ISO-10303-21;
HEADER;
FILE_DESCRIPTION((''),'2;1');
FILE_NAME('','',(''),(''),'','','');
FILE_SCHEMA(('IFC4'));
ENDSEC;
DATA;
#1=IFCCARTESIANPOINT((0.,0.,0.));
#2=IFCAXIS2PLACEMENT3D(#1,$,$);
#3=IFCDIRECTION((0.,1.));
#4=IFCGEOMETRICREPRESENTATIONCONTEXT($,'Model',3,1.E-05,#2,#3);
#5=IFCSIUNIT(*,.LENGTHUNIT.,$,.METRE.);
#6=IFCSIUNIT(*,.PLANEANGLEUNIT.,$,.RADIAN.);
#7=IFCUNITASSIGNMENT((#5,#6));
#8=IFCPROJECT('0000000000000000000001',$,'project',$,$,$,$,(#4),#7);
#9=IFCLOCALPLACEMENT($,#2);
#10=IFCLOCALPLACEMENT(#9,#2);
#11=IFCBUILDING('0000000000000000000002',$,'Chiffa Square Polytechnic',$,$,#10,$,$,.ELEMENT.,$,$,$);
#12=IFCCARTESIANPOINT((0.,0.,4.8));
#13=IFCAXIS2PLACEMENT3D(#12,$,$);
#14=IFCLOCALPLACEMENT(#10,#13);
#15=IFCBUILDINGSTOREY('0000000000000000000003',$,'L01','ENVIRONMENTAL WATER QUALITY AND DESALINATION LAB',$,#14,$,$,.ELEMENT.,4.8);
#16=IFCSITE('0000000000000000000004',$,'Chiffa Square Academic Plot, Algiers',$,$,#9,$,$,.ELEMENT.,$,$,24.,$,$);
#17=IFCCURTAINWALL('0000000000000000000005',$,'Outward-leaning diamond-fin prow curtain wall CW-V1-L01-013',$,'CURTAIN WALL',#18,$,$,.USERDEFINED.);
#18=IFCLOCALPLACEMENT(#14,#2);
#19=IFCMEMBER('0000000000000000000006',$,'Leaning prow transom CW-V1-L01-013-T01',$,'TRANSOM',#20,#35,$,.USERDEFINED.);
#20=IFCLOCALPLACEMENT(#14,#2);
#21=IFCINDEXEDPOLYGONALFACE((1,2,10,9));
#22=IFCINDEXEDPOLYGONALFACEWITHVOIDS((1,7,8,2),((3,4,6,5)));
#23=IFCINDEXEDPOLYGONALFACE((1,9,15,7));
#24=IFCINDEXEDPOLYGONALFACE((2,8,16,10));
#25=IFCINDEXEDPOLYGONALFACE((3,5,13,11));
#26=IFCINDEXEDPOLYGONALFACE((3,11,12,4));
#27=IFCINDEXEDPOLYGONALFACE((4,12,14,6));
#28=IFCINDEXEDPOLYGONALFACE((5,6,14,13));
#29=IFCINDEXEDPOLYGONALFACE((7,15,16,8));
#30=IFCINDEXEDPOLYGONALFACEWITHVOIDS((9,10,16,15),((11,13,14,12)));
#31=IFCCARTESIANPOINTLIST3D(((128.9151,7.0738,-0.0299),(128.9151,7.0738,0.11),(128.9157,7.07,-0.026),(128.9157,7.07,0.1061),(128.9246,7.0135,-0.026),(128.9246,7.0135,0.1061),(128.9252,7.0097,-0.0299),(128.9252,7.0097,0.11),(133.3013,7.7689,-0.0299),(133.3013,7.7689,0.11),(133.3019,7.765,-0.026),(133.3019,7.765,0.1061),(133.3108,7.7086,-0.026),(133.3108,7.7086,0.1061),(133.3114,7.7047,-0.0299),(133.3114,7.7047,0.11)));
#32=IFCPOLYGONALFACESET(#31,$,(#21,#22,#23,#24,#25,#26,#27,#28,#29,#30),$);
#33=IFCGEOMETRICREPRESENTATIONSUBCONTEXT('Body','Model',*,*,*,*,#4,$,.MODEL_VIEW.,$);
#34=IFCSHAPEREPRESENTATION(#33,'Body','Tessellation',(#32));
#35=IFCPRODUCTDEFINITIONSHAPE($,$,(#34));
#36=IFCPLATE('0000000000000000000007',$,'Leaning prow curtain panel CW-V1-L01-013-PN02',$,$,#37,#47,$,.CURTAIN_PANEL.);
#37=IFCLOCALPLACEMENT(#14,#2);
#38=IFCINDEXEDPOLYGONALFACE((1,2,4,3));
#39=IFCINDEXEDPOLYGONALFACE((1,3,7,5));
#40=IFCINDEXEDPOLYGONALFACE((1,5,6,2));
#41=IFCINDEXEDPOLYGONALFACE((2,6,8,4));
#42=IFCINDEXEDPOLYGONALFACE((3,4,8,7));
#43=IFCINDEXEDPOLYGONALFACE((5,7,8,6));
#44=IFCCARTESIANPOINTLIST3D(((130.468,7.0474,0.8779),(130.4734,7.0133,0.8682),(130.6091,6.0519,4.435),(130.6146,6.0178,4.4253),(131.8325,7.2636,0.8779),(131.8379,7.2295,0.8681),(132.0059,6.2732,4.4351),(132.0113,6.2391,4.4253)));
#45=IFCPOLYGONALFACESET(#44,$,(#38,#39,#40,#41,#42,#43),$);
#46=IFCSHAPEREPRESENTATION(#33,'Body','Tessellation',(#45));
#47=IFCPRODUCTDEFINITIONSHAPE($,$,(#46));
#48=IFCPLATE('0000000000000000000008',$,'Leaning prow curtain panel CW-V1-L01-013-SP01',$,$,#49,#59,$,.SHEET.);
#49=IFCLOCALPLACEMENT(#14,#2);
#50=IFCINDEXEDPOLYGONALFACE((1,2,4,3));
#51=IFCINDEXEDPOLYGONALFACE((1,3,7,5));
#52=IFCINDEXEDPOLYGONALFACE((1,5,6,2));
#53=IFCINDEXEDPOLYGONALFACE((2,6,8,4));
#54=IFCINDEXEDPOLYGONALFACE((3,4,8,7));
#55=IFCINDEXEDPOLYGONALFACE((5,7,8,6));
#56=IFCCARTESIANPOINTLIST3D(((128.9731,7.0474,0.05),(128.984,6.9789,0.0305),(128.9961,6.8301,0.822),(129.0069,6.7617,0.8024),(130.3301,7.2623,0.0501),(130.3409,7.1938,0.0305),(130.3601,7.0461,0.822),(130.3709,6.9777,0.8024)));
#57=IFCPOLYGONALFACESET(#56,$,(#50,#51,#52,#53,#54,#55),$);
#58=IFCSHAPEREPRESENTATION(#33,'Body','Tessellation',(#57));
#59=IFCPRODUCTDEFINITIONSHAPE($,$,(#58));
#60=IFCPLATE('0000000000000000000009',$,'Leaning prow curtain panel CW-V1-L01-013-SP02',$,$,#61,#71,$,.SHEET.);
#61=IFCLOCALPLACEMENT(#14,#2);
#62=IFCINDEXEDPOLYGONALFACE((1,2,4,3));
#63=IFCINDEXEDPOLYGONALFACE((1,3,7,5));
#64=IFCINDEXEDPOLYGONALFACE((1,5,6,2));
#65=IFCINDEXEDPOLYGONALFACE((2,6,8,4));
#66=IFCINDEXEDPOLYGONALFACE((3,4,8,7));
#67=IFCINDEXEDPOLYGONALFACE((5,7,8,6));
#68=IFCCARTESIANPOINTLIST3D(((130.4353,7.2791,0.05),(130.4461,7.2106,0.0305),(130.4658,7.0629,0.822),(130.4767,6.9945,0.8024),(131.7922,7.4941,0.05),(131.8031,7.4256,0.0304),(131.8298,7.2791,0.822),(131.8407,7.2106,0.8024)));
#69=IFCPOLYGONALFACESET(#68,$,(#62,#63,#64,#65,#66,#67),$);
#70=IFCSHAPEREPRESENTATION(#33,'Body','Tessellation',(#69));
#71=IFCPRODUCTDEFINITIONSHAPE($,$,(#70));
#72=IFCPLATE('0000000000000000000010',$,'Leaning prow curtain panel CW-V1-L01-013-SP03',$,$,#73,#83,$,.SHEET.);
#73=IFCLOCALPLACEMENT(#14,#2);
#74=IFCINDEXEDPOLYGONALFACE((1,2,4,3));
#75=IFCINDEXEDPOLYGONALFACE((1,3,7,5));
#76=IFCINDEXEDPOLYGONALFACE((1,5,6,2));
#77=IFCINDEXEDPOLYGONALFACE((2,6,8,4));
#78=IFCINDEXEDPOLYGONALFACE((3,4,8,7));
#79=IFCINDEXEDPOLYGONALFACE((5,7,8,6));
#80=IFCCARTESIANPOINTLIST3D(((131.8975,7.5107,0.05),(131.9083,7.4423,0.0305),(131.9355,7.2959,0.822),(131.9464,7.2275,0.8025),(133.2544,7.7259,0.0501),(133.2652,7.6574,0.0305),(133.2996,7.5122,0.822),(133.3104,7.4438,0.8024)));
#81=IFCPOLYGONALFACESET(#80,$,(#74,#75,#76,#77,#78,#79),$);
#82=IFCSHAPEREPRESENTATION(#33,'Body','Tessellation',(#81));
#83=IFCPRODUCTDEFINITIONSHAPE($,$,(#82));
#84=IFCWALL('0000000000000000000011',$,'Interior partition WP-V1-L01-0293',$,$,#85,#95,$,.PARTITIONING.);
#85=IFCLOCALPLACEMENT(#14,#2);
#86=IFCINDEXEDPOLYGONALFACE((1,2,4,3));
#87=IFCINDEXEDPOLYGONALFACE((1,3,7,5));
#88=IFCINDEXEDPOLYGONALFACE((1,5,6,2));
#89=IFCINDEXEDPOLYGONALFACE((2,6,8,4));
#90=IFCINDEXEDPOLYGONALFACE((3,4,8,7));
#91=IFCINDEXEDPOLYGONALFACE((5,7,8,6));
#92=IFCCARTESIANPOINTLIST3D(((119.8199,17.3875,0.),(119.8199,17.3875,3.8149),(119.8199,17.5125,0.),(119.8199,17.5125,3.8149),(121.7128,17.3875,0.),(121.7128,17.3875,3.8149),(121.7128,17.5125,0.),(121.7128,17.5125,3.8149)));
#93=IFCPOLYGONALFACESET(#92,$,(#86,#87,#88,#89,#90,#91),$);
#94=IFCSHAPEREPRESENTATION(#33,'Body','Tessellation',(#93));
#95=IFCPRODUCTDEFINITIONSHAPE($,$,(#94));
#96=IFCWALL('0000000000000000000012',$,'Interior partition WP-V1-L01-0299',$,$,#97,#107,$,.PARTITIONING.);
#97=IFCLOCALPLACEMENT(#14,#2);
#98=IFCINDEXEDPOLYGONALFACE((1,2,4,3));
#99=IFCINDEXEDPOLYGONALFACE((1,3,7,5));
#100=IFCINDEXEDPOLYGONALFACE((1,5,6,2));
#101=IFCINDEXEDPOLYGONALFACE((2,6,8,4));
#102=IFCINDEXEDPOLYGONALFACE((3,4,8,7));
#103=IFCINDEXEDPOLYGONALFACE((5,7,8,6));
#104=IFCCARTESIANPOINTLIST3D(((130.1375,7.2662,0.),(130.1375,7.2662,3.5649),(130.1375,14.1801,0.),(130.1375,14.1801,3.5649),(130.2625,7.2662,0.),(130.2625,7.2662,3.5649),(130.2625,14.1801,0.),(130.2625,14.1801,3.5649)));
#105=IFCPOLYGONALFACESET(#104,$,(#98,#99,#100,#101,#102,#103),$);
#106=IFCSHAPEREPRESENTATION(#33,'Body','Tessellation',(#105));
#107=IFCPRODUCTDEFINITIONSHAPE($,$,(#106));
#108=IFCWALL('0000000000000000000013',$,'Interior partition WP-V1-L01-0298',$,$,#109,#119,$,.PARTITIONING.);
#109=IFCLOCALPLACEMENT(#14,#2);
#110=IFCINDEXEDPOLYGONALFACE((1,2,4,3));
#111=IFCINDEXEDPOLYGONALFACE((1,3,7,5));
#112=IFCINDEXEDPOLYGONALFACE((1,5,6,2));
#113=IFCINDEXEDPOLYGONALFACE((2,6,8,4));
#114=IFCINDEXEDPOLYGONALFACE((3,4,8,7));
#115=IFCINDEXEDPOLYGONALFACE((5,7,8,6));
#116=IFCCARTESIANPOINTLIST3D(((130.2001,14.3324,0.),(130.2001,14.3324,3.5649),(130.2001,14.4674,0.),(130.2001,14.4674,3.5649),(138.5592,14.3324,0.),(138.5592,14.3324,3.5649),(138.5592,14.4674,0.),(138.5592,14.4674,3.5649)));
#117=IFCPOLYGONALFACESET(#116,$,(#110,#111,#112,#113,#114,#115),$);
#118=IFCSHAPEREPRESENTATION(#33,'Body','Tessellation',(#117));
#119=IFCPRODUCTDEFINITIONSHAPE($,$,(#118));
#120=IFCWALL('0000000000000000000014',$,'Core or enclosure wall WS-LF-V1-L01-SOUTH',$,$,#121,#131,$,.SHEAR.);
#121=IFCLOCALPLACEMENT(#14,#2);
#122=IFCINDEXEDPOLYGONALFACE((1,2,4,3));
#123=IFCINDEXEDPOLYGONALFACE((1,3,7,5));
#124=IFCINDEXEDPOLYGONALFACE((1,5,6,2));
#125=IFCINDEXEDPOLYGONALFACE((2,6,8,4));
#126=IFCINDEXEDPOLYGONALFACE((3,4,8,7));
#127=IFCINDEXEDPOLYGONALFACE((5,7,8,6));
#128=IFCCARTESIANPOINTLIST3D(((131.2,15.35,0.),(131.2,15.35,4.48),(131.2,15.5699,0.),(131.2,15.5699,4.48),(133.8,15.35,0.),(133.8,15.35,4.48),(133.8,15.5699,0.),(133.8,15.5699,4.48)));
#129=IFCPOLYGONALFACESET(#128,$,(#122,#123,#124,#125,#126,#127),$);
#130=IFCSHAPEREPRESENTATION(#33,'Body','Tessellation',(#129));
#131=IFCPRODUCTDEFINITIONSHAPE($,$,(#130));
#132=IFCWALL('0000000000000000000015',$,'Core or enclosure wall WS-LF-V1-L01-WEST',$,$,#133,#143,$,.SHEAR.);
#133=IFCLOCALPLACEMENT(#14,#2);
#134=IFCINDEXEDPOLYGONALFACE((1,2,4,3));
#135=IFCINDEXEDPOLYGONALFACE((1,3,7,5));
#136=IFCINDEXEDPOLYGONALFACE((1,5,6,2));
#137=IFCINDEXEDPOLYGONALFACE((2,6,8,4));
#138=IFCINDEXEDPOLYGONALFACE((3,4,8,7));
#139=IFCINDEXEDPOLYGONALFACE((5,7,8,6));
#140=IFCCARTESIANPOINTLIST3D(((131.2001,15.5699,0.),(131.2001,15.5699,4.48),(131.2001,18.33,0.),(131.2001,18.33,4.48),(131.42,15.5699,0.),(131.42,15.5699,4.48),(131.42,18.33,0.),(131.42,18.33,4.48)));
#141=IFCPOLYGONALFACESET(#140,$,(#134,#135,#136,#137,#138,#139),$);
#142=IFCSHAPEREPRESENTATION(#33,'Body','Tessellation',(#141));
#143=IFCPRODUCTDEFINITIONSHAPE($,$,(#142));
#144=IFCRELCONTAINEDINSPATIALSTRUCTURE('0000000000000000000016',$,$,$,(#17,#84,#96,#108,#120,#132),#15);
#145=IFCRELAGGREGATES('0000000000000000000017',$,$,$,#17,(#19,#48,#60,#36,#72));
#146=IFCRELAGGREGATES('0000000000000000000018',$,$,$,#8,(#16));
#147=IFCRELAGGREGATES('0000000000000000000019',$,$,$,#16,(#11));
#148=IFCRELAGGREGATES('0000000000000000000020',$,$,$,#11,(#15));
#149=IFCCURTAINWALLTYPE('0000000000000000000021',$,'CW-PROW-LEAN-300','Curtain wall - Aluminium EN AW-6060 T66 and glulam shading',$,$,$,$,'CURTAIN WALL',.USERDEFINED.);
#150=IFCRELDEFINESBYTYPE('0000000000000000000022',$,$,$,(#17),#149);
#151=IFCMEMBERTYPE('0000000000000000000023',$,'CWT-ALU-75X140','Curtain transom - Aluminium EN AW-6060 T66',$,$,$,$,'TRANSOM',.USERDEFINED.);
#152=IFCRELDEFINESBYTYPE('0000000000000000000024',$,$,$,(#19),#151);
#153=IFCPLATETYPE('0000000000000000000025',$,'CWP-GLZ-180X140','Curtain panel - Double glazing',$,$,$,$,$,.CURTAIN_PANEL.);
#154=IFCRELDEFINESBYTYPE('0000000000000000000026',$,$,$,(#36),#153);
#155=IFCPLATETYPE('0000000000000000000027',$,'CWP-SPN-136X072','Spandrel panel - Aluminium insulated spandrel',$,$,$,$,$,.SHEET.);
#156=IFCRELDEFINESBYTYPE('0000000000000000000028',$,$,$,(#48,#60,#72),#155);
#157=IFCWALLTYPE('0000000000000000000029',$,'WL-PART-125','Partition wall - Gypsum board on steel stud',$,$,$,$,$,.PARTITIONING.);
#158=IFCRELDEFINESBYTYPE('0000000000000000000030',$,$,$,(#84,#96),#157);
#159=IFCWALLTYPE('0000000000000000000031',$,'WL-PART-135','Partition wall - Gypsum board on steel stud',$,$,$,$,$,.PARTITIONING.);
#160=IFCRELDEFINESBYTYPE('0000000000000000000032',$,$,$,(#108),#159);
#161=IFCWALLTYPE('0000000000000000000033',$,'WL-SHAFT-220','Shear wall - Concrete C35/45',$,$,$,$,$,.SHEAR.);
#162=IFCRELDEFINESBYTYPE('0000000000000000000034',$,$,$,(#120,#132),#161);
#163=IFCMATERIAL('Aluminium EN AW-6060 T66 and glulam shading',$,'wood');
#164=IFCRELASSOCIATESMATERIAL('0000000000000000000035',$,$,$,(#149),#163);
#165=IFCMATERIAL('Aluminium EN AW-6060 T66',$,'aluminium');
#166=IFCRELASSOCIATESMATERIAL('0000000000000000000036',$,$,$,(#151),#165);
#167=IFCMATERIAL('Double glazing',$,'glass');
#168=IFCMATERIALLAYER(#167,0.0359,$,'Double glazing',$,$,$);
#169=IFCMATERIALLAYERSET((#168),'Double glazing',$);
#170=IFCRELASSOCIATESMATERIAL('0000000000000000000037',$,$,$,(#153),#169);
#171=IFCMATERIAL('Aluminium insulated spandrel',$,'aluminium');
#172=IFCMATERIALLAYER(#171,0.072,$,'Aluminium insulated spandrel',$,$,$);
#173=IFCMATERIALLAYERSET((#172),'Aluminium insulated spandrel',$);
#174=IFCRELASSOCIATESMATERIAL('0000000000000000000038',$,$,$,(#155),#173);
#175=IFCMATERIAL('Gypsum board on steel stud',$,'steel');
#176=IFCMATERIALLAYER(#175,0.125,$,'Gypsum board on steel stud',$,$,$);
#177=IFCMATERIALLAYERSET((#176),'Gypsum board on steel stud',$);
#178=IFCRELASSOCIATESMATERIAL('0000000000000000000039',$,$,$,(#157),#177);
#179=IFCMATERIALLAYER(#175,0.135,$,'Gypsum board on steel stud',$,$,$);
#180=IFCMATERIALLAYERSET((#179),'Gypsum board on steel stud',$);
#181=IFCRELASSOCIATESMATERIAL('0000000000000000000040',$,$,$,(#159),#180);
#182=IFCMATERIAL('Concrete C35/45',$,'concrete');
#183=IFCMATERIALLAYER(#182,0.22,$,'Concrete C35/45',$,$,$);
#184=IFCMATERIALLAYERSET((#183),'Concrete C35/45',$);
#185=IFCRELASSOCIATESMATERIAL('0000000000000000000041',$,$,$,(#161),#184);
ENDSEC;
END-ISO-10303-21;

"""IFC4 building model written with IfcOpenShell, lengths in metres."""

from ifc_helpers import new_model, si_unit, direction, frame, frame_2d, origin, origin_2d, place, context, subcontext, project, spatial, polyline, rectangle, hollow_rectangle, outline, extrude, material, layer, layer_set, material_profile, profile_set, type_object, element, aggregate, save


model = new_model("IFC4")

# Units and contexts
model_context = context("Model", 3, precision=1e-05, world=origin(), true_north=direction((0.0, 1.0)))
body_context = subcontext(model_context, "Body", "Model", "MODEL_VIEW")
ifc_project = project(units=[si_unit("LENGTHUNIT", "METRE"), si_unit("PLANEANGLEUNIT", "RADIAN")], contexts=[model_context])

# Site, building, storey
site_placement = place(None, origin())
site = spatial("IfcSite", under=ifc_project, at=site_placement, Name="Chiffa Square Academic Plot, Algiers", CompositionType="ELEMENT", RefElevation=24.0)
building_placement = place(site_placement, origin())
building = spatial("IfcBuilding", under=site, at=building_placement, Name="Chiffa Square Polytechnic", CompositionType="ELEMENT")
storey_placement = place(building_placement, frame((0.0, 0.0, 4.8)))
storey = spatial("IfcBuildingStorey", under=building, at=storey_placement, Name="L01", Description="ENVIRONMENTAL WATER QUALITY AND DESALINATION LAB", CompositionType="ELEMENT", Elevation=4.8)

# Shared definitions
ifc_material_1 = material(Name="Concrete C35/45", Category="concrete")

# Shared definitions
ifc_material_2 = material(Name="Aluminium EN AW-6060 T66 and glulam shading", Category="wood")
ifc_material_3 = material(Name="Aluminium EN AW-6060 T66", Category="aluminium")

# Curtain wall, member, plates
curtain_wall_type_1 = type_object("IfcCurtainWallType", Name="CW-PROW-LEAN-300", Description="Curtain wall - Aluminium EN AW-6060 T66 and glulam shading", ElementType="CURTAIN WALL", PredefinedType="USERDEFINED", material=ifc_material_2)
curtain_wall_1_placement = place(storey_placement, origin())
curtain_wall_1 = element("IfcCurtainWall", 1, at=curtain_wall_1_placement, inside=storey, type_object=curtain_wall_type_1, Name="Outward-leaning diamond-fin prow curtain wall CW-V1-L01-013", ObjectType="CURTAIN WALL", PredefinedType="USERDEFINED")
ifc_material_profile_1 = material_profile(ifc_material_3, hollow_rectangle(XDim=0.0649, YDim=0.1399, WallThickness=0.0039, at=origin_2d()), Name="ALU 65x140x4")
ifc_profile_set_1 = profile_set([ifc_material_profile_1], Name="Aluminium EN AW-6060 T66")
member_type_1 = type_object("IfcMemberType", Name="CWT-ALU-75X140", Description="Curtain transom - Aluminium EN AW-6060 T66", ElementType="TRANSOM", PredefinedType="USERDEFINED", material=ifc_profile_set_1)
member_1_placement = place(storey_placement, frame((128.9202, 7.0417, 0.04), z_axis=(0.987676, 0.156513, 0.0), x_axis=(-0.156513, 0.987676, 0.0)))
member_1 = element("IfcMember", 2, at=member_1_placement, type_object=member_type_1, Name="Leaning prow transom CW-V1-L01-013-T01", ObjectType="TRANSOM", PredefinedType="USERDEFINED", context=body_context, shape_type="SweptSolid", body=[
    extrude(hollow_rectangle(XDim=0.0649, YDim=0.1399, WallThickness=0.0039, at=origin_2d()), origin(), (0.0, 0.0, 1.0), 4.4409),
])
ifc_material_4 = material(Name="Double glazing", Category="glass")
ifc_layer_1 = layer(ifc_material_4, 0.0359, Name="Double glazing")
ifc_layer_set_1 = layer_set([ifc_layer_1], Name="Double glazing")
plate_type_1 = type_object("IfcPlateType", Name="CWP-GLZ-180X140", Description="Curtain panel - Double glazing", PredefinedType="CURTAIN_PANEL", material=ifc_layer_set_1)
plate_1_placement = place(storey_placement, frame((130.468, 7.0474, 0.8779), z_axis=(-0.150593, 0.950452, 0.271961), x_axis=(0.987678, 0.156498, -0.000021)))
plate_1 = element("IfcPlate", 3, at=plate_1_placement, type_object=plate_type_1, Name="Leaning prow curtain panel CW-V1-L01-013-PN02", PredefinedType="CURTAIN_PANEL", context=body_context, shape_type="SweptSolid", body=[
    extrude(outline(polyline([(0.0, 0.0), (1.3815, 0.0), (1.3977, -3.6965), (-0.0165, -3.6964), (0.0, 0.0)])), origin(), (0.0, 0.0, -1.0), 0.0359),
])
ifc_material_5 = material(Name="Aluminium insulated spandrel", Category="aluminium")
ifc_layer_2 = layer(ifc_material_5, 0.072, Name="Aluminium insulated spandrel")
ifc_layer_set_2 = layer_set([ifc_layer_2], Name="Aluminium insulated spandrel")
plate_type_2 = type_object("IfcPlateType", Name="CWP-SPN-136X072", Description="Spandrel panel - Aluminium insulated spandrel", PredefinedType="SHEET", material=ifc_layer_set_2)
plate_2_placement = place(storey_placement, frame((128.9731, 7.0474, 0.05), z_axis=(-0.150523, 0.950469, 0.27194), x_axis=(0.987691, 0.156415, 0.000009)))
plate_2 = element("IfcPlate", 4, at=plate_2_placement, type_object=plate_type_2, Name="Leaning prow curtain panel CW-V1-L01-013-SP01", PredefinedType="SHEET", context=body_context, shape_type="SweptSolid", body=[
    extrude(outline(polyline([(0.0, 0.0), (1.3738, 0.0), (1.3697, -0.8022), (-0.0113, -0.8022), (0.0, 0.0)])), origin(), (0.0, 0.0, -1.0), 0.072),
])
plate_3_placement = place(storey_placement, frame((130.4353, 7.2791, 0.05), z_axis=(-0.150601, 0.950424, 0.272054), x_axis=(0.987677, 0.156508, -0.000014)))
plate_3 = element("IfcPlate", 5, at=plate_3_placement, type_object=plate_type_2, Name="Leaning prow curtain panel CW-V1-L01-013-SP02", PredefinedType="SHEET", context=body_context, shape_type="SweptSolid", body=[
    extrude(outline(polyline([(0.0, 0.0), (1.3739, 0.0), (1.3773, -0.8023), (-0.0037, -0.8022), (0.0, 0.0)])), origin(), (0.0, 0.0, -1.0), 0.072),
])
plate_4_placement = place(storey_placement, frame((131.8975, 7.5107, 0.05), z_axis=(-0.150691, 0.950456, 0.271891), x_axis=(0.987664, 0.156588, 0.000009)))
plate_4 = element("IfcPlate", 6, at=plate_4_placement, type_object=plate_type_2, Name="Leaning prow curtain panel CW-V1-L01-013-SP03", PredefinedType="SHEET", context=body_context, shape_type="SweptSolid", body=[
    extrude(outline(polyline([(0.0, 0.0), (1.3739, 0.0), (1.385, -0.8022), (0.004, -0.8022), (0.0, 0.0)])), origin(), (0.0, 0.0, -1.0), 0.072),
])
aggregate(curtain_wall_1, [member_1, plate_2, plate_3, plate_1, plate_4])

# Walls
ifc_material_6 = material(Name="Gypsum board on steel stud", Category="steel")
ifc_layer_3 = layer(ifc_material_6, 0.125, Name="Gypsum board on steel stud")
ifc_layer_set_3 = layer_set([ifc_layer_3], Name="Gypsum board on steel stud")
wall_type_1 = type_object("IfcWallType", Name="WL-PART-125", Description="Partition wall - Gypsum board on steel stud", PredefinedType="PARTITIONING", material=ifc_layer_set_3)
wall_1_placement = place(storey_placement, frame((119.8201, 17.45, 0.0), z_axis=(0.0, 0.0, 1.0), x_axis=(1.0, 0.0, 0.0)))
element("IfcWall", 7, at=wall_1_placement, inside=storey, type_object=wall_type_1, Name="Interior partition WP-V1-L01-0293", PredefinedType="PARTITIONING", context=body_context, shape_type="SweptSolid", body=[
    extrude(rectangle(XDim=1.8928, YDim=0.125, at=frame_2d((0.9463, 0.0))), origin(), (0.0, 0.0, 1.0), 3.8149),
])
wall_2_placement = place(storey_placement, frame((130.2, 7.2661, 0.0), z_axis=(0.0, 0.0, 1.0), x_axis=(0.0, 1.0, 0.0)))
element("IfcWall", 8, at=wall_2_placement, inside=storey, type_object=wall_type_1, Name="Interior partition WP-V1-L01-0299", PredefinedType="PARTITIONING", context=body_context, shape_type="SweptSolid", body=[
    extrude(rectangle(XDim=6.9138, YDim=0.125, at=frame_2d((3.457, 0.0))), origin(), (0.0, 0.0, 1.0), 3.5649),
])
ifc_layer_4 = layer(ifc_material_6, 0.135, Name="Gypsum board on steel stud")
ifc_layer_set_4 = layer_set([ifc_layer_4], Name="Gypsum board on steel stud")
wall_type_2 = type_object("IfcWallType", Name="WL-PART-135", Description="Partition wall - Gypsum board on steel stud", PredefinedType="PARTITIONING", material=ifc_layer_set_4)
wall_3_placement = place(storey_placement, frame((130.2, 14.3999, 0.0), z_axis=(0.0, 0.0, 1.0), x_axis=(1.0, 0.0, 0.0)))
element("IfcWall", 9, at=wall_3_placement, inside=storey, type_object=wall_type_2, Name="Interior partition WP-V1-L01-0298", PredefinedType="PARTITIONING", context=body_context, shape_type="SweptSolid", body=[
    extrude(rectangle(XDim=8.3591, YDim=0.135, at=frame_2d((4.1797, 0.0))), origin(), (0.0, 0.0, 1.0), 3.5649),
])
ifc_layer_5 = layer(ifc_material_1, 0.22, Name="Concrete C35/45")
ifc_layer_set_5 = layer_set([ifc_layer_5], Name="Concrete C35/45")
wall_type_3 = type_object("IfcWallType", Name="WL-SHAFT-220", Description="Shear wall - Concrete C35/45", PredefinedType="SHEAR", material=ifc_layer_set_5)
wall_4_placement = place(storey_placement, frame((131.2, 15.46, 0.0), z_axis=(0.0, 0.0, 1.0), x_axis=(1.0, 0.0, 0.0)))
element("IfcWall", 10, at=wall_4_placement, inside=storey, type_object=wall_type_3, Name="Core or enclosure wall WS-LF-V1-L01-SOUTH", PredefinedType="SHEAR", context=body_context, shape_type="SweptSolid", body=[
    extrude(rectangle(XDim=2.6001, YDim=0.22, at=frame_2d((1.3, 0.0))), origin(), (0.0, 0.0, 1.0), 4.48),
])
wall_5_placement = place(storey_placement, frame((131.3101, 15.5701, 0.0), z_axis=(0.0, 0.0, 1.0), x_axis=(0.0, 1.0, 0.0)))
element("IfcWall", 11, at=wall_5_placement, inside=storey, type_object=wall_type_3, Name="Core or enclosure wall WS-LF-V1-L01-WEST", PredefinedType="SHEAR", context=body_context, shape_type="SweptSolid", body=[
    extrude(rectangle(XDim=2.76, YDim=0.22, at=frame_2d((1.3799, 0.0))), origin(), (0.0, 0.0, 1.0), 4.48),
])

save(model, "model.ifc")
